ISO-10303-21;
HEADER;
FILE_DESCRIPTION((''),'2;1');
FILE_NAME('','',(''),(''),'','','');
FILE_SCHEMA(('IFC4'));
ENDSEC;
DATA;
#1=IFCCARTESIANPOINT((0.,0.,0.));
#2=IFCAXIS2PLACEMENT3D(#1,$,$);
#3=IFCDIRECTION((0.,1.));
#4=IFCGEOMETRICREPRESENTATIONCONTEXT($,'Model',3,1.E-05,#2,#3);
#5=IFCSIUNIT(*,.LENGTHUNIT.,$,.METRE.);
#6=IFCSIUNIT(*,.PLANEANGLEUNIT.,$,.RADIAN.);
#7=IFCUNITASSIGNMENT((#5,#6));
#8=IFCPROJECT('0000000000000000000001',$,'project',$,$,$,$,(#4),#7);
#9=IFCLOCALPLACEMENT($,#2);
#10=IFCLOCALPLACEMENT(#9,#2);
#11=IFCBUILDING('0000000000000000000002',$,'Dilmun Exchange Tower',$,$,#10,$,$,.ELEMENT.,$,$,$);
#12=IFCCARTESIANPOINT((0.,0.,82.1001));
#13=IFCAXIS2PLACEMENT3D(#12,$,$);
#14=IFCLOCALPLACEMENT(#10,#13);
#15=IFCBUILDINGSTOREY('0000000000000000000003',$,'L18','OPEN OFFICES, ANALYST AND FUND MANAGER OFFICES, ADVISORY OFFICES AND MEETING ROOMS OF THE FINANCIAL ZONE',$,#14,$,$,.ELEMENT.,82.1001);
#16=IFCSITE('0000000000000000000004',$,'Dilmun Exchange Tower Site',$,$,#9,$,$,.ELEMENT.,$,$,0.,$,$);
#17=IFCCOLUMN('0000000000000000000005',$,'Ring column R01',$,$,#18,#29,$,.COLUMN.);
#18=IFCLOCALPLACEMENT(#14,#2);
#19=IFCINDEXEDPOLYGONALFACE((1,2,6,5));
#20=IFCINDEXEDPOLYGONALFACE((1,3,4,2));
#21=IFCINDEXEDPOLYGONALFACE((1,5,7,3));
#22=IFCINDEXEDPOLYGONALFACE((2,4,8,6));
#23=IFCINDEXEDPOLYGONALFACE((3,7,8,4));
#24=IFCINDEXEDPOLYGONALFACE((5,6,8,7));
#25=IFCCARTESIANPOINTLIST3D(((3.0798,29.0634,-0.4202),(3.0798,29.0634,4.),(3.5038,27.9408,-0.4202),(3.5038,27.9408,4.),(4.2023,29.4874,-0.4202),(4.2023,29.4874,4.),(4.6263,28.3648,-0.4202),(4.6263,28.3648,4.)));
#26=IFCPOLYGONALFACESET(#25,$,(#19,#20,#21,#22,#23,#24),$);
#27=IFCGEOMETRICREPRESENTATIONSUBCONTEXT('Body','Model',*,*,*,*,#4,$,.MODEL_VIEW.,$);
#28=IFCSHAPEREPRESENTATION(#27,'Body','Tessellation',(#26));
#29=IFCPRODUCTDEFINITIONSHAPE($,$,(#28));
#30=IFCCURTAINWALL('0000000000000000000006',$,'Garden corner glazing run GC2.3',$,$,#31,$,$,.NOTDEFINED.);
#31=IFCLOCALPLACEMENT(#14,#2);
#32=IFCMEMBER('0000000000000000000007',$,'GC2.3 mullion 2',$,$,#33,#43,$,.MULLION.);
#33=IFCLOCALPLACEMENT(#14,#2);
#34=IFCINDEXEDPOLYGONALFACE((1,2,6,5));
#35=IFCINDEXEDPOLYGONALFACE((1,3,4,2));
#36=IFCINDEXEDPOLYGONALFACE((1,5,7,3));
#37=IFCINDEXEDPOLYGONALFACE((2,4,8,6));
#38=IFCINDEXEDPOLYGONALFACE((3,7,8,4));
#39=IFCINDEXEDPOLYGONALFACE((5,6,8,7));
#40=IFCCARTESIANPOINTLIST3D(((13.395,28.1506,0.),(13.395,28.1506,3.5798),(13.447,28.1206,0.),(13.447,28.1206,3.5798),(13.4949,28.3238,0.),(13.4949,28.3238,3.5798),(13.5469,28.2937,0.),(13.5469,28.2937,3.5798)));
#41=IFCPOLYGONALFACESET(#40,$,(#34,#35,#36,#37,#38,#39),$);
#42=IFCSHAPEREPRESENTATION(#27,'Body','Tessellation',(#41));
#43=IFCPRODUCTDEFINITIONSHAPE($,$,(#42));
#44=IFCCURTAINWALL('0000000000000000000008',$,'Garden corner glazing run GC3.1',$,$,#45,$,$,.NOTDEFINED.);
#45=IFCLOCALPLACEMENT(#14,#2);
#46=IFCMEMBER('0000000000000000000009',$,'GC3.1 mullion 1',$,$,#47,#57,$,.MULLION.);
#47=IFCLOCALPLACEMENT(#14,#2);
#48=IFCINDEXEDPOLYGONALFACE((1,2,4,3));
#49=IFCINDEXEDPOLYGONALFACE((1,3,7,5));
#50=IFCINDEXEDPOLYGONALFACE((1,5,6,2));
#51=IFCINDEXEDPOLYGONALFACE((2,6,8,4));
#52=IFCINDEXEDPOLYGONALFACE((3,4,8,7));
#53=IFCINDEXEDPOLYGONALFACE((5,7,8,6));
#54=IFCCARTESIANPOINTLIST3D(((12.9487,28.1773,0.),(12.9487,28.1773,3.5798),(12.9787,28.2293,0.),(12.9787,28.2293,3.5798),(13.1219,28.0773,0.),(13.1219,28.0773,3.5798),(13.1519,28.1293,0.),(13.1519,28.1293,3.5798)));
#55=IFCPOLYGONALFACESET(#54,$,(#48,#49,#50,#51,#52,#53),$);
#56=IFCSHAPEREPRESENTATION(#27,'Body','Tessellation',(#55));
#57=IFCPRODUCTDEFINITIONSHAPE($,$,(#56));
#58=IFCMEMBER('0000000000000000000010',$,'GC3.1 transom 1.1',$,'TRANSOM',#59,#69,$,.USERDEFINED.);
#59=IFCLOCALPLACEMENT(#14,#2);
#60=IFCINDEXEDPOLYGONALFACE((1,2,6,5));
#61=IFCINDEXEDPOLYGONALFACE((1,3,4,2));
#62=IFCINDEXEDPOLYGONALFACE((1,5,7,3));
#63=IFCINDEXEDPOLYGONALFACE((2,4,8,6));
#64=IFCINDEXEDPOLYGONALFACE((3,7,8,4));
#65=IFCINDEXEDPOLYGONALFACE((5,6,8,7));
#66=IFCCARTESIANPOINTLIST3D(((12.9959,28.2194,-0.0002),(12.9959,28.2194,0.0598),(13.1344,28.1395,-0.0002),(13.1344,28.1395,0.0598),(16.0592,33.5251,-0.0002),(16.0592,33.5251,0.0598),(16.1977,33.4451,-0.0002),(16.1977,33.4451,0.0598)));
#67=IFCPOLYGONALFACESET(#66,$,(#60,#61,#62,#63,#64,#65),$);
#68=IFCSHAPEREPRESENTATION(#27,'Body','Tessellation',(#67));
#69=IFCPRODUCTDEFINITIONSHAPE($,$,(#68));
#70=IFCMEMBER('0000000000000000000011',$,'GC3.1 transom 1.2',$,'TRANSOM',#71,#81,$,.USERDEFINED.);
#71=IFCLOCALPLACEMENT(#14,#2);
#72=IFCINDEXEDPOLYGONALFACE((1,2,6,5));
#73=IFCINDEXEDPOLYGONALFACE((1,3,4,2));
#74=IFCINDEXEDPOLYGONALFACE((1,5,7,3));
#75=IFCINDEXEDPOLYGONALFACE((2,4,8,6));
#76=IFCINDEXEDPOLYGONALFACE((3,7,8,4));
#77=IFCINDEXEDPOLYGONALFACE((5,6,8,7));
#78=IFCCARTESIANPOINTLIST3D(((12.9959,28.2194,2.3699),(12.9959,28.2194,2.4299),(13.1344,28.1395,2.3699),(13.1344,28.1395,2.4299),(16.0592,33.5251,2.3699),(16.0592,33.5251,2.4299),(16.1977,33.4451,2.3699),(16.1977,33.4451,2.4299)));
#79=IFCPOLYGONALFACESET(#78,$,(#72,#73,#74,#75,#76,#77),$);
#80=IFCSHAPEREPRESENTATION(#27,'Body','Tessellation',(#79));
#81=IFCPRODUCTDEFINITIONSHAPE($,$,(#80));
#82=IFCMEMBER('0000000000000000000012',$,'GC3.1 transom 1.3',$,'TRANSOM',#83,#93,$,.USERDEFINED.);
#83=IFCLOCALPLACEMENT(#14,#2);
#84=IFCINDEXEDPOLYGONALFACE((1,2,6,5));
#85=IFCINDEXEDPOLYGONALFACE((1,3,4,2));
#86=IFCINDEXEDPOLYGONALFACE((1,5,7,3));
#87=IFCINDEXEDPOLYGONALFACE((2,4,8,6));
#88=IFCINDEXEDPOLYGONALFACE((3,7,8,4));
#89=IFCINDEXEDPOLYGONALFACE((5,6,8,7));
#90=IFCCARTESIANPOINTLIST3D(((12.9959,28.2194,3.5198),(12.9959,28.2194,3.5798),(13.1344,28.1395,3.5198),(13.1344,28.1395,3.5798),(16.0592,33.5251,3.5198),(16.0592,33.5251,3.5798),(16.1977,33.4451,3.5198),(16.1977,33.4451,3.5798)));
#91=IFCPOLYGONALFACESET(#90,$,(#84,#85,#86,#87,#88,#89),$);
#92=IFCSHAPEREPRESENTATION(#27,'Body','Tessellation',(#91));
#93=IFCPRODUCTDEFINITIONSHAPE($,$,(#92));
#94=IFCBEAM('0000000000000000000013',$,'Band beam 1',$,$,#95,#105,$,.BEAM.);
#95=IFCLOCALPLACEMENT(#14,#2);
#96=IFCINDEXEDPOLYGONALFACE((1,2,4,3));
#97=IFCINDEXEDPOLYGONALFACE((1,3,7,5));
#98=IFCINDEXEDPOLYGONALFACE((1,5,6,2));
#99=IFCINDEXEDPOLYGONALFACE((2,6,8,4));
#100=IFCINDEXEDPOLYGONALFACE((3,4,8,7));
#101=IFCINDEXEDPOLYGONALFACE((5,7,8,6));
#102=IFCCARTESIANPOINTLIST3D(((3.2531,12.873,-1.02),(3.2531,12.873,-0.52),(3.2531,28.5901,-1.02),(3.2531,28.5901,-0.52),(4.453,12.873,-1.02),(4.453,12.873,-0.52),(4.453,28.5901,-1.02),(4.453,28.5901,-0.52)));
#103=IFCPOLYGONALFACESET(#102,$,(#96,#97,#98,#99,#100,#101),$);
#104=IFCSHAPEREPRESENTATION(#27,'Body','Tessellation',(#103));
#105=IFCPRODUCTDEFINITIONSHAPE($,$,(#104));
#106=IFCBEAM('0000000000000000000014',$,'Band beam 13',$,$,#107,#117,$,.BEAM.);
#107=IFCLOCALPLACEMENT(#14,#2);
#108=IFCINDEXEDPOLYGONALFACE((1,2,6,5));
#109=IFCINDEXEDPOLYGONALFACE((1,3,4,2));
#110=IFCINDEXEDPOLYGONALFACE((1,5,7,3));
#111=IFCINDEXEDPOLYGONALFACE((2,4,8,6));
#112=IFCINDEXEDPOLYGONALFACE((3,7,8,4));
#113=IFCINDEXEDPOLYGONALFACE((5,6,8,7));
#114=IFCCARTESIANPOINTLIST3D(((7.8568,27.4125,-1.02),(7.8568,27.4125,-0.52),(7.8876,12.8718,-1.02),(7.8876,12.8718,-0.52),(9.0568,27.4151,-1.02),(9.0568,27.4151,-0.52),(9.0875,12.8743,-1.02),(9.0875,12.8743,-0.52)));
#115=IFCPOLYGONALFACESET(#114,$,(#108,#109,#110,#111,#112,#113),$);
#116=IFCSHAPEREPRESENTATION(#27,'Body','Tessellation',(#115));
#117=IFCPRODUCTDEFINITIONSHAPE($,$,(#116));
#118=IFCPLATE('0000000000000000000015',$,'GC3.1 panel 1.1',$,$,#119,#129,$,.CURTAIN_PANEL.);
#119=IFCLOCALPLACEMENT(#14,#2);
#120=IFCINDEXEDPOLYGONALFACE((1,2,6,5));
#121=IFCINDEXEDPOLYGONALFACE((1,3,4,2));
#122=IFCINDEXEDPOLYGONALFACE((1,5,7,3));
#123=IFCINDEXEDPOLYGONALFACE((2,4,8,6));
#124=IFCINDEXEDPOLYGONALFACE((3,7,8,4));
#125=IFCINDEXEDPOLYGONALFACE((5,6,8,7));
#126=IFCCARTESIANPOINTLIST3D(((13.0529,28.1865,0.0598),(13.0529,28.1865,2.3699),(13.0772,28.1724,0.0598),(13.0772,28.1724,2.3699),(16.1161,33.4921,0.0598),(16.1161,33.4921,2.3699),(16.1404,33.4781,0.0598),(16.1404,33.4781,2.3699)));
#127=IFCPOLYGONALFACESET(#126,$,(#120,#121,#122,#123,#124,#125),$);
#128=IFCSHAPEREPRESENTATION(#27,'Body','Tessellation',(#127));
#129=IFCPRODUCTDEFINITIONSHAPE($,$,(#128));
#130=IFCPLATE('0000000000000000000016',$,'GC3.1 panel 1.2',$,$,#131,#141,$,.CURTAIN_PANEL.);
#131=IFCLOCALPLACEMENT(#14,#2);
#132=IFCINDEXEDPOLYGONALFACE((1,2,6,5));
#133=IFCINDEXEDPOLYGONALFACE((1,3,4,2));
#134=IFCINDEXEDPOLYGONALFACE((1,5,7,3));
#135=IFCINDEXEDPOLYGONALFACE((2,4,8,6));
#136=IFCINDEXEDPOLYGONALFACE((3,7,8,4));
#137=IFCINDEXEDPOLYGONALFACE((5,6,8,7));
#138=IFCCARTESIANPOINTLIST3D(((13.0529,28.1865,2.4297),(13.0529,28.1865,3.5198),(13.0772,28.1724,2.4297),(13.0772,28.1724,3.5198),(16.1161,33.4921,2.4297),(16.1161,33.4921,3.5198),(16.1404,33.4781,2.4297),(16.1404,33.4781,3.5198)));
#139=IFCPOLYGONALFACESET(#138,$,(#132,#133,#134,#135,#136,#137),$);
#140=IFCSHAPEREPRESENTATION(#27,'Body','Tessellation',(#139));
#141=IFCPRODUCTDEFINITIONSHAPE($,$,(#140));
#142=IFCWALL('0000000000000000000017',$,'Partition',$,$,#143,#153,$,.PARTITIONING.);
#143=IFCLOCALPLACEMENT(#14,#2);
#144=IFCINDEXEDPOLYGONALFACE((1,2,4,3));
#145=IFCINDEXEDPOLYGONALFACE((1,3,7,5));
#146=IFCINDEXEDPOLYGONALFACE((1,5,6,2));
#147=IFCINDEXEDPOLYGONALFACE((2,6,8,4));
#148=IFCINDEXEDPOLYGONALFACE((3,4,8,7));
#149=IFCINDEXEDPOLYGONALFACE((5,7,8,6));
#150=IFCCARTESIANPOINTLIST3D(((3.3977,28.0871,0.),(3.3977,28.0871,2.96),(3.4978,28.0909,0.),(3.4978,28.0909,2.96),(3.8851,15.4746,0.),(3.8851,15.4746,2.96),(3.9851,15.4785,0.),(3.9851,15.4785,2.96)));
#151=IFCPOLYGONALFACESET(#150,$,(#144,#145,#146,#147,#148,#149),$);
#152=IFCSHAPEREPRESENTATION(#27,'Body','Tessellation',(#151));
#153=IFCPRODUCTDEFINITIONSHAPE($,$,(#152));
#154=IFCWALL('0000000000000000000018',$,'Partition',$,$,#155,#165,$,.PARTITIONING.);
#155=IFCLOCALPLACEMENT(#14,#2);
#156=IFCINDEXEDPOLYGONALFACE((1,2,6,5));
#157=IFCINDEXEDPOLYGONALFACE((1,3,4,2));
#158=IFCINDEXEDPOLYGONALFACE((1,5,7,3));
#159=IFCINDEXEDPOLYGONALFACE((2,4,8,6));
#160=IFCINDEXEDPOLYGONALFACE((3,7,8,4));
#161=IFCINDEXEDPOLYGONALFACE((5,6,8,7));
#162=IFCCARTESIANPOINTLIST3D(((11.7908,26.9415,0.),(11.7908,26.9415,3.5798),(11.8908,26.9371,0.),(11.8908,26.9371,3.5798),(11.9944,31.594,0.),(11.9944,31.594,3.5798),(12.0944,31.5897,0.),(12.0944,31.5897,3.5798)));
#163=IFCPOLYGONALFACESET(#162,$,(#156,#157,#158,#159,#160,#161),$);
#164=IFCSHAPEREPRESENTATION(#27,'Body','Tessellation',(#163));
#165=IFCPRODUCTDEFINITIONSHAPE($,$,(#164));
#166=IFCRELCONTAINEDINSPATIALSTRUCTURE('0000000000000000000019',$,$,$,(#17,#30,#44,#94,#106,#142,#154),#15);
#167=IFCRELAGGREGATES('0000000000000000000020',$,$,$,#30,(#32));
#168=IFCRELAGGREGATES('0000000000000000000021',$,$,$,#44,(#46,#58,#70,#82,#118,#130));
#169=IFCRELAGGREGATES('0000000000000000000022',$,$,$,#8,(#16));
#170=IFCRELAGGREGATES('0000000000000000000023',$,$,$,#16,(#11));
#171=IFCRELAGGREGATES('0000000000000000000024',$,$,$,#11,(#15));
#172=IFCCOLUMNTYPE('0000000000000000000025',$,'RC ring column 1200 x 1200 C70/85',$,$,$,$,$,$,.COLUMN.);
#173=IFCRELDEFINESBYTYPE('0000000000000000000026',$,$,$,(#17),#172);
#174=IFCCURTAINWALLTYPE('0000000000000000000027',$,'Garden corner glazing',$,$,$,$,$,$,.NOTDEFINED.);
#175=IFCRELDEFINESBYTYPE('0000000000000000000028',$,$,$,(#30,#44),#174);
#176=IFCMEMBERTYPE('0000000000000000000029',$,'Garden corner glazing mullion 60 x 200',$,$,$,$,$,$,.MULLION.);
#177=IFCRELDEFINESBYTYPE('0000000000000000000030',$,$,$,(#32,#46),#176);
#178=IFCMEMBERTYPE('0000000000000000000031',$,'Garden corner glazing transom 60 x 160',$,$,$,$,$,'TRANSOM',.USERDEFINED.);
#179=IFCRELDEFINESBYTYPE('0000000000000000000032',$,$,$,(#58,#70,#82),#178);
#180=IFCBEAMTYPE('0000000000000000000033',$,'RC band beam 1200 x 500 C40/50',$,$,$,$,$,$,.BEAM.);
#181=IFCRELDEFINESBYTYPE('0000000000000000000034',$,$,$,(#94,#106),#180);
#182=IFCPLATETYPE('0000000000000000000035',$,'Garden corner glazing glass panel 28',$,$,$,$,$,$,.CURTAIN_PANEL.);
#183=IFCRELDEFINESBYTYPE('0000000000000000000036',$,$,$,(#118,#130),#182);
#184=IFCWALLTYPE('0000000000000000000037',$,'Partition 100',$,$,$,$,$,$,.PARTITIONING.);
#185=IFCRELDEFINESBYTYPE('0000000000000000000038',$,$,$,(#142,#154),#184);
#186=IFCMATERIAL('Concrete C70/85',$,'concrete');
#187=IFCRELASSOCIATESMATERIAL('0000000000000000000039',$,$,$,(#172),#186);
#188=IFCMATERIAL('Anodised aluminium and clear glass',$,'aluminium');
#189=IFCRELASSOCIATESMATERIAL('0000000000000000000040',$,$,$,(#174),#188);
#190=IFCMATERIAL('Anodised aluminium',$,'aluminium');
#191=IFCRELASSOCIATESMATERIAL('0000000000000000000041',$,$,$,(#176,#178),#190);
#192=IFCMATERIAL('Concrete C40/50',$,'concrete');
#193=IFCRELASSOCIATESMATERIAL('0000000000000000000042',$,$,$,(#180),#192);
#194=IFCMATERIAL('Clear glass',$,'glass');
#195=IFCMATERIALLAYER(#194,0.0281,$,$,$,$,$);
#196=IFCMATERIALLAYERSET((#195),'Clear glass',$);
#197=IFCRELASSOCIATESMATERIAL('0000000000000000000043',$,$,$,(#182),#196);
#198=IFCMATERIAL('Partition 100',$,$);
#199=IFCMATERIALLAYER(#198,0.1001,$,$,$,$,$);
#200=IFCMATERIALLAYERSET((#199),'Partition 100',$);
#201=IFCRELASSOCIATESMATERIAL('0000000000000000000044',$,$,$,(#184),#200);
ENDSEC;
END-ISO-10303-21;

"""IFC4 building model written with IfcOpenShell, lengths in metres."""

from ifc_helpers import new_model, si_unit, direction, frame, frame_2d, origin, origin_2d, place, context, subcontext, project, spatial, rectangle, extrude, material, layer, layer_set, material_profile, profile_set, type_object, element, aggregate, save


model = new_model("IFC4")

# Units and contexts
model_context = context("Model", 3, precision=1e-05, world=origin(), true_north=direction((0.0, 1.0)))
body_context = subcontext(model_context, "Body", "Model", "MODEL_VIEW")
ifc_project = project(units=[si_unit("LENGTHUNIT", "METRE"), si_unit("PLANEANGLEUNIT", "RADIAN")], contexts=[model_context])

# Site, building, storey
site_placement = place(None, origin())
site = spatial("IfcSite", under=ifc_project, at=site_placement, Name="Dilmun Exchange Tower Site", CompositionType="ELEMENT", RefElevation=0.0)
building_placement = place(site_placement, origin())
building = spatial("IfcBuilding", under=site, at=building_placement, Name="Dilmun Exchange Tower", CompositionType="ELEMENT")
storey_placement = place(building_placement, frame((0.0, 0.0, 82.1001)))
storey = spatial("IfcBuildingStorey", under=building, at=storey_placement, Name="L18", Description="OPEN OFFICES, ANALYST AND FUND MANAGER OFFICES, ADVISORY OFFICES AND MEETING ROOMS OF THE FINANCIAL ZONE", CompositionType="ELEMENT", Elevation=82.1001)

# Column
ifc_material_1 = material(Name="Concrete C70/85", Category="concrete")
ifc_material_profile_1 = material_profile(ifc_material_1, rectangle(XDim=1.2, YDim=1.2, at=origin_2d()), Name="1200 x 1200")
ifc_profile_set_1 = profile_set([ifc_material_profile_1], Name="Concrete C70/85")
column_type = type_object("IfcColumnType", Name="RC ring column 1200 x 1200 C70/85", PredefinedType="COLUMN", material=ifc_profile_set_1)
column_placement = place(storey_placement, frame((3.853, 28.7141, -0.4202), z_axis=(0.0, 0.0, 1.0), x_axis=(0.935492, 0.353349, 0.0)))
element("IfcColumn", 1, at=column_placement, inside=storey, type_object=column_type, Name="Ring column R01", PredefinedType="COLUMN", context=body_context, shape_type="SweptSolid", body=[
    extrude(rectangle(XDim=1.2, YDim=1.2, at=origin_2d()), origin(), (0.0, 0.0, 1.0), 4.4202),
])

# Curtain wall, member
ifc_material_2 = material(Name="Anodised aluminium and clear glass", Category="aluminium")
curtain_wall_type = type_object("IfcCurtainWallType", Name="Garden corner glazing", PredefinedType="NOTDEFINED", material=ifc_material_2)
curtain_wall_1_placement = place(storey_placement, origin())
curtain_wall_1 = element("IfcCurtainWall", 2, at=curtain_wall_1_placement, inside=storey, type_object=curtain_wall_type, Name="Garden corner glazing run GC2.3", PredefinedType="NOTDEFINED")
ifc_material_3 = material(Name="Anodised aluminium", Category="aluminium")
ifc_material_profile_2 = material_profile(ifc_material_3, rectangle(XDim=0.2, YDim=0.0601, at=origin_2d()), Name="AL 60x200")
ifc_profile_set_2 = profile_set([ifc_material_profile_2], Name="Anodised aluminium")
member_type_1 = type_object("IfcMemberType", Name="Garden corner glazing mullion 60 x 200", PredefinedType="MULLION", material=ifc_profile_set_2)
member_1_placement = place(storey_placement, frame((13.4709, 28.2222, 0.0), z_axis=(0.0, 0.0, 1.0), x_axis=(-0.499978, -0.866038, 0.0)))
member_1 = element("IfcMember", 3, at=member_1_placement, type_object=member_type_1, Name="GC2.3 mullion 2", PredefinedType="MULLION", context=body_context, shape_type="SweptSolid", body=[
    extrude(rectangle(XDim=0.2, YDim=0.0601, at=origin_2d()), origin(), (0.0, 0.0, 1.0), 3.5798),
])
aggregate(curtain_wall_1, [member_1])

# Curtain wall, members
curtain_wall_2_placement = place(storey_placement, origin())
curtain_wall_2 = element("IfcCurtainWall", 4, at=curtain_wall_2_placement, inside=storey, type_object=curtain_wall_type, Name="Garden corner glazing run GC3.1", PredefinedType="NOTDEFINED")
member_2_placement = place(storey_placement, frame((13.0503, 28.1533, 0.0), z_axis=(0.0, 0.0, 1.0), x_axis=(-0.866028, 0.499996, 0.0)))
member_2 = element("IfcMember", 5, at=member_2_placement, type_object=member_type_1, Name="GC3.1 mullion 1", PredefinedType="MULLION", context=body_context, shape_type="SweptSolid", body=[
    extrude(rectangle(XDim=0.2, YDim=0.0601, at=origin_2d()), origin(), (0.0, 0.0, 1.0), 3.5798),
])
ifc_material_profile_3 = material_profile(ifc_material_3, rectangle(XDim=0.1599, YDim=0.0601, at=origin_2d()), Name="AL 60x160")
ifc_profile_set_3 = profile_set([ifc_material_profile_3], Name="Anodised aluminium")
member_type_2 = type_object("IfcMemberType", Name="Garden corner glazing transom 60 x 160", ElementType="TRANSOM", PredefinedType="USERDEFINED", material=ifc_profile_set_3)
member_3_placement = place(storey_placement, frame((13.0652, 28.1794, 0.0298), z_axis=(0.500001, 0.866025, 0.0), x_axis=(-0.866025, 0.500001, 0.0)))
member_3 = element("IfcMember", 6, at=member_3_placement, type_object=member_type_2, Name="GC3.1 transom 1.1", ObjectType="TRANSOM", PredefinedType="USERDEFINED", context=body_context, shape_type="SweptSolid", body=[
    extrude(rectangle(XDim=0.1599, YDim=0.0601, at=origin_2d()), origin(), (0.0, 0.0, 1.0), 6.1265),
])
member_4_placement = place(storey_placement, frame((13.0652, 28.1794, 2.3999), z_axis=(0.500001, 0.866025, 0.0), x_axis=(-0.866025, 0.500001, 0.0)))
member_4 = element("IfcMember", 7, at=member_4_placement, type_object=member_type_2, Name="GC3.1 transom 1.2", ObjectType="TRANSOM", PredefinedType="USERDEFINED", context=body_context, shape_type="SweptSolid", body=[
    extrude(rectangle(XDim=0.1599, YDim=0.0601, at=origin_2d()), origin(), (0.0, 0.0, 1.0), 6.1265),
])
member_5_placement = place(storey_placement, frame((13.0652, 28.1794, 3.5498), z_axis=(0.500001, 0.866025, 0.0), x_axis=(-0.866025, 0.500001, 0.0)))
member_5 = element("IfcMember", 8, at=member_5_placement, type_object=member_type_2, Name="GC3.1 transom 1.3", ObjectType="TRANSOM", PredefinedType="USERDEFINED", context=body_context, shape_type="SweptSolid", body=[
    extrude(rectangle(XDim=0.1599, YDim=0.0601, at=origin_2d()), origin(), (0.0, 0.0, 1.0), 6.1265),
])

# Beams
ifc_material_4 = material(Name="Concrete C40/50", Category="concrete")
ifc_material_profile_4 = material_profile(ifc_material_4, rectangle(XDim=1.2, YDim=0.5, at=origin_2d()), Name="1200 x 500")
ifc_profile_set_4 = profile_set([ifc_material_profile_4], Name="Concrete C40/50")
beam_type = type_object("IfcBeamType", Name="RC band beam 1200 x 500 C40/50", PredefinedType="BEAM", material=ifc_profile_set_4)
beam_1_placement = place(storey_placement, frame((3.853, 28.5901, -0.77), z_axis=(0.0, -1.0, 0.0), x_axis=(1.0, 0.0, 0.0)))
element("IfcBeam", 9, at=beam_1_placement, inside=storey, type_object=beam_type, Name="Band beam 1", PredefinedType="BEAM", context=body_context, shape_type="SweptSolid", body=[
    extrude(rectangle(XDim=1.2, YDim=0.5, at=origin_2d()), origin(), (0.0, 0.0, 1.0), 15.717),
])
beam_2_placement = place(storey_placement, frame((8.4568, 27.4138, -0.77), z_axis=(0.002116, -0.999998, 0.0), x_axis=(0.999998, 0.002116, 0.0)))
element("IfcBeam", 10, at=beam_2_placement, inside=storey, type_object=beam_type, Name="Band beam 13", PredefinedType="BEAM", context=body_context, shape_type="SweptSolid", body=[
    extrude(rectangle(XDim=1.2, YDim=0.5, at=origin_2d()), origin(), (0.0, 0.0, 1.0), 14.5408),
])

# Plates
ifc_material_5 = material(Name="Clear glass", Category="glass")
ifc_layer_1 = layer(ifc_material_5, 0.0281)
ifc_layer_set_1 = layer_set([ifc_layer_1], Name="Clear glass")
plate_type = type_object("IfcPlateType", Name="Garden corner glazing glass panel 28", PredefinedType="CURTAIN_PANEL", material=ifc_layer_set_1)
plate_1_placement = place(storey_placement, frame((14.5967, 30.8323, 0.0598), z_axis=(0.0, 0.0, 1.0), x_axis=(0.499996, 0.866028, 0.0)))
plate_1 = element("IfcPlate", 11, at=plate_1_placement, type_object=plate_type, Name="GC3.1 panel 1.1", PredefinedType="CURTAIN_PANEL", context=body_context, shape_type="SweptSolid", body=[
    extrude(rectangle(XDim=6.1265, YDim=0.0281, at=origin_2d()), origin(), (0.0, 0.0, 1.0), 2.3101),
])
plate_2_placement = place(storey_placement, frame((14.5967, 30.8323, 2.4297), z_axis=(0.0, 0.0, 1.0), x_axis=(0.499996, 0.866028, 0.0)))
plate_2 = element("IfcPlate", 12, at=plate_2_placement, type_object=plate_type, Name="GC3.1 panel 1.2", PredefinedType="CURTAIN_PANEL", context=body_context, shape_type="SweptSolid", body=[
    extrude(rectangle(XDim=6.1265, YDim=0.0281, at=origin_2d()), origin(), (0.0, 0.0, 1.0), 1.0901),
])
aggregate(curtain_wall_2, [member_2, member_3, member_4, member_5, plate_1, plate_2])

# Walls
ifc_material_6 = material(Name="Partition 100")
ifc_layer_2 = layer(ifc_material_6, 0.1001)
ifc_layer_set_2 = layer_set([ifc_layer_2], Name="Partition 100")
wall_type = type_object("IfcWallType", Name="Partition 100", PredefinedType="PARTITIONING", material=ifc_layer_set_2)
wall_1_placement = place(storey_placement, frame((3.4478, 28.0891, 0.0), z_axis=(0.0, 0.0, 1.0), x_axis=(0.038608, -0.999254, 0.0)))
element("IfcWall", 13, at=wall_1_placement, inside=storey, type_object=wall_type, Name="Partition", PredefinedType="PARTITIONING", context=body_context, shape_type="SweptSolid", body=[
    extrude(rectangle(XDim=12.6218, YDim=0.1001, at=frame_2d((6.311, 0.0))), origin(), (0.0, 0.0, 1.0), 2.96),
])
wall_2_placement = place(storey_placement, frame((11.8408, 26.9392, 0.0), z_axis=(0.0, 0.0, 1.0), x_axis=(0.043722, 0.999044, 0.0)))
element("IfcWall", 14, at=wall_2_placement, inside=storey, type_object=wall_type, Name="Partition", PredefinedType="PARTITIONING", context=body_context, shape_type="SweptSolid", body=[
    extrude(rectangle(XDim=4.657, YDim=0.1001, at=frame_2d((2.3286, 0.0))), origin(), (0.0, 0.0, 1.0), 3.5798),
])

save(model, "model.ifc")
